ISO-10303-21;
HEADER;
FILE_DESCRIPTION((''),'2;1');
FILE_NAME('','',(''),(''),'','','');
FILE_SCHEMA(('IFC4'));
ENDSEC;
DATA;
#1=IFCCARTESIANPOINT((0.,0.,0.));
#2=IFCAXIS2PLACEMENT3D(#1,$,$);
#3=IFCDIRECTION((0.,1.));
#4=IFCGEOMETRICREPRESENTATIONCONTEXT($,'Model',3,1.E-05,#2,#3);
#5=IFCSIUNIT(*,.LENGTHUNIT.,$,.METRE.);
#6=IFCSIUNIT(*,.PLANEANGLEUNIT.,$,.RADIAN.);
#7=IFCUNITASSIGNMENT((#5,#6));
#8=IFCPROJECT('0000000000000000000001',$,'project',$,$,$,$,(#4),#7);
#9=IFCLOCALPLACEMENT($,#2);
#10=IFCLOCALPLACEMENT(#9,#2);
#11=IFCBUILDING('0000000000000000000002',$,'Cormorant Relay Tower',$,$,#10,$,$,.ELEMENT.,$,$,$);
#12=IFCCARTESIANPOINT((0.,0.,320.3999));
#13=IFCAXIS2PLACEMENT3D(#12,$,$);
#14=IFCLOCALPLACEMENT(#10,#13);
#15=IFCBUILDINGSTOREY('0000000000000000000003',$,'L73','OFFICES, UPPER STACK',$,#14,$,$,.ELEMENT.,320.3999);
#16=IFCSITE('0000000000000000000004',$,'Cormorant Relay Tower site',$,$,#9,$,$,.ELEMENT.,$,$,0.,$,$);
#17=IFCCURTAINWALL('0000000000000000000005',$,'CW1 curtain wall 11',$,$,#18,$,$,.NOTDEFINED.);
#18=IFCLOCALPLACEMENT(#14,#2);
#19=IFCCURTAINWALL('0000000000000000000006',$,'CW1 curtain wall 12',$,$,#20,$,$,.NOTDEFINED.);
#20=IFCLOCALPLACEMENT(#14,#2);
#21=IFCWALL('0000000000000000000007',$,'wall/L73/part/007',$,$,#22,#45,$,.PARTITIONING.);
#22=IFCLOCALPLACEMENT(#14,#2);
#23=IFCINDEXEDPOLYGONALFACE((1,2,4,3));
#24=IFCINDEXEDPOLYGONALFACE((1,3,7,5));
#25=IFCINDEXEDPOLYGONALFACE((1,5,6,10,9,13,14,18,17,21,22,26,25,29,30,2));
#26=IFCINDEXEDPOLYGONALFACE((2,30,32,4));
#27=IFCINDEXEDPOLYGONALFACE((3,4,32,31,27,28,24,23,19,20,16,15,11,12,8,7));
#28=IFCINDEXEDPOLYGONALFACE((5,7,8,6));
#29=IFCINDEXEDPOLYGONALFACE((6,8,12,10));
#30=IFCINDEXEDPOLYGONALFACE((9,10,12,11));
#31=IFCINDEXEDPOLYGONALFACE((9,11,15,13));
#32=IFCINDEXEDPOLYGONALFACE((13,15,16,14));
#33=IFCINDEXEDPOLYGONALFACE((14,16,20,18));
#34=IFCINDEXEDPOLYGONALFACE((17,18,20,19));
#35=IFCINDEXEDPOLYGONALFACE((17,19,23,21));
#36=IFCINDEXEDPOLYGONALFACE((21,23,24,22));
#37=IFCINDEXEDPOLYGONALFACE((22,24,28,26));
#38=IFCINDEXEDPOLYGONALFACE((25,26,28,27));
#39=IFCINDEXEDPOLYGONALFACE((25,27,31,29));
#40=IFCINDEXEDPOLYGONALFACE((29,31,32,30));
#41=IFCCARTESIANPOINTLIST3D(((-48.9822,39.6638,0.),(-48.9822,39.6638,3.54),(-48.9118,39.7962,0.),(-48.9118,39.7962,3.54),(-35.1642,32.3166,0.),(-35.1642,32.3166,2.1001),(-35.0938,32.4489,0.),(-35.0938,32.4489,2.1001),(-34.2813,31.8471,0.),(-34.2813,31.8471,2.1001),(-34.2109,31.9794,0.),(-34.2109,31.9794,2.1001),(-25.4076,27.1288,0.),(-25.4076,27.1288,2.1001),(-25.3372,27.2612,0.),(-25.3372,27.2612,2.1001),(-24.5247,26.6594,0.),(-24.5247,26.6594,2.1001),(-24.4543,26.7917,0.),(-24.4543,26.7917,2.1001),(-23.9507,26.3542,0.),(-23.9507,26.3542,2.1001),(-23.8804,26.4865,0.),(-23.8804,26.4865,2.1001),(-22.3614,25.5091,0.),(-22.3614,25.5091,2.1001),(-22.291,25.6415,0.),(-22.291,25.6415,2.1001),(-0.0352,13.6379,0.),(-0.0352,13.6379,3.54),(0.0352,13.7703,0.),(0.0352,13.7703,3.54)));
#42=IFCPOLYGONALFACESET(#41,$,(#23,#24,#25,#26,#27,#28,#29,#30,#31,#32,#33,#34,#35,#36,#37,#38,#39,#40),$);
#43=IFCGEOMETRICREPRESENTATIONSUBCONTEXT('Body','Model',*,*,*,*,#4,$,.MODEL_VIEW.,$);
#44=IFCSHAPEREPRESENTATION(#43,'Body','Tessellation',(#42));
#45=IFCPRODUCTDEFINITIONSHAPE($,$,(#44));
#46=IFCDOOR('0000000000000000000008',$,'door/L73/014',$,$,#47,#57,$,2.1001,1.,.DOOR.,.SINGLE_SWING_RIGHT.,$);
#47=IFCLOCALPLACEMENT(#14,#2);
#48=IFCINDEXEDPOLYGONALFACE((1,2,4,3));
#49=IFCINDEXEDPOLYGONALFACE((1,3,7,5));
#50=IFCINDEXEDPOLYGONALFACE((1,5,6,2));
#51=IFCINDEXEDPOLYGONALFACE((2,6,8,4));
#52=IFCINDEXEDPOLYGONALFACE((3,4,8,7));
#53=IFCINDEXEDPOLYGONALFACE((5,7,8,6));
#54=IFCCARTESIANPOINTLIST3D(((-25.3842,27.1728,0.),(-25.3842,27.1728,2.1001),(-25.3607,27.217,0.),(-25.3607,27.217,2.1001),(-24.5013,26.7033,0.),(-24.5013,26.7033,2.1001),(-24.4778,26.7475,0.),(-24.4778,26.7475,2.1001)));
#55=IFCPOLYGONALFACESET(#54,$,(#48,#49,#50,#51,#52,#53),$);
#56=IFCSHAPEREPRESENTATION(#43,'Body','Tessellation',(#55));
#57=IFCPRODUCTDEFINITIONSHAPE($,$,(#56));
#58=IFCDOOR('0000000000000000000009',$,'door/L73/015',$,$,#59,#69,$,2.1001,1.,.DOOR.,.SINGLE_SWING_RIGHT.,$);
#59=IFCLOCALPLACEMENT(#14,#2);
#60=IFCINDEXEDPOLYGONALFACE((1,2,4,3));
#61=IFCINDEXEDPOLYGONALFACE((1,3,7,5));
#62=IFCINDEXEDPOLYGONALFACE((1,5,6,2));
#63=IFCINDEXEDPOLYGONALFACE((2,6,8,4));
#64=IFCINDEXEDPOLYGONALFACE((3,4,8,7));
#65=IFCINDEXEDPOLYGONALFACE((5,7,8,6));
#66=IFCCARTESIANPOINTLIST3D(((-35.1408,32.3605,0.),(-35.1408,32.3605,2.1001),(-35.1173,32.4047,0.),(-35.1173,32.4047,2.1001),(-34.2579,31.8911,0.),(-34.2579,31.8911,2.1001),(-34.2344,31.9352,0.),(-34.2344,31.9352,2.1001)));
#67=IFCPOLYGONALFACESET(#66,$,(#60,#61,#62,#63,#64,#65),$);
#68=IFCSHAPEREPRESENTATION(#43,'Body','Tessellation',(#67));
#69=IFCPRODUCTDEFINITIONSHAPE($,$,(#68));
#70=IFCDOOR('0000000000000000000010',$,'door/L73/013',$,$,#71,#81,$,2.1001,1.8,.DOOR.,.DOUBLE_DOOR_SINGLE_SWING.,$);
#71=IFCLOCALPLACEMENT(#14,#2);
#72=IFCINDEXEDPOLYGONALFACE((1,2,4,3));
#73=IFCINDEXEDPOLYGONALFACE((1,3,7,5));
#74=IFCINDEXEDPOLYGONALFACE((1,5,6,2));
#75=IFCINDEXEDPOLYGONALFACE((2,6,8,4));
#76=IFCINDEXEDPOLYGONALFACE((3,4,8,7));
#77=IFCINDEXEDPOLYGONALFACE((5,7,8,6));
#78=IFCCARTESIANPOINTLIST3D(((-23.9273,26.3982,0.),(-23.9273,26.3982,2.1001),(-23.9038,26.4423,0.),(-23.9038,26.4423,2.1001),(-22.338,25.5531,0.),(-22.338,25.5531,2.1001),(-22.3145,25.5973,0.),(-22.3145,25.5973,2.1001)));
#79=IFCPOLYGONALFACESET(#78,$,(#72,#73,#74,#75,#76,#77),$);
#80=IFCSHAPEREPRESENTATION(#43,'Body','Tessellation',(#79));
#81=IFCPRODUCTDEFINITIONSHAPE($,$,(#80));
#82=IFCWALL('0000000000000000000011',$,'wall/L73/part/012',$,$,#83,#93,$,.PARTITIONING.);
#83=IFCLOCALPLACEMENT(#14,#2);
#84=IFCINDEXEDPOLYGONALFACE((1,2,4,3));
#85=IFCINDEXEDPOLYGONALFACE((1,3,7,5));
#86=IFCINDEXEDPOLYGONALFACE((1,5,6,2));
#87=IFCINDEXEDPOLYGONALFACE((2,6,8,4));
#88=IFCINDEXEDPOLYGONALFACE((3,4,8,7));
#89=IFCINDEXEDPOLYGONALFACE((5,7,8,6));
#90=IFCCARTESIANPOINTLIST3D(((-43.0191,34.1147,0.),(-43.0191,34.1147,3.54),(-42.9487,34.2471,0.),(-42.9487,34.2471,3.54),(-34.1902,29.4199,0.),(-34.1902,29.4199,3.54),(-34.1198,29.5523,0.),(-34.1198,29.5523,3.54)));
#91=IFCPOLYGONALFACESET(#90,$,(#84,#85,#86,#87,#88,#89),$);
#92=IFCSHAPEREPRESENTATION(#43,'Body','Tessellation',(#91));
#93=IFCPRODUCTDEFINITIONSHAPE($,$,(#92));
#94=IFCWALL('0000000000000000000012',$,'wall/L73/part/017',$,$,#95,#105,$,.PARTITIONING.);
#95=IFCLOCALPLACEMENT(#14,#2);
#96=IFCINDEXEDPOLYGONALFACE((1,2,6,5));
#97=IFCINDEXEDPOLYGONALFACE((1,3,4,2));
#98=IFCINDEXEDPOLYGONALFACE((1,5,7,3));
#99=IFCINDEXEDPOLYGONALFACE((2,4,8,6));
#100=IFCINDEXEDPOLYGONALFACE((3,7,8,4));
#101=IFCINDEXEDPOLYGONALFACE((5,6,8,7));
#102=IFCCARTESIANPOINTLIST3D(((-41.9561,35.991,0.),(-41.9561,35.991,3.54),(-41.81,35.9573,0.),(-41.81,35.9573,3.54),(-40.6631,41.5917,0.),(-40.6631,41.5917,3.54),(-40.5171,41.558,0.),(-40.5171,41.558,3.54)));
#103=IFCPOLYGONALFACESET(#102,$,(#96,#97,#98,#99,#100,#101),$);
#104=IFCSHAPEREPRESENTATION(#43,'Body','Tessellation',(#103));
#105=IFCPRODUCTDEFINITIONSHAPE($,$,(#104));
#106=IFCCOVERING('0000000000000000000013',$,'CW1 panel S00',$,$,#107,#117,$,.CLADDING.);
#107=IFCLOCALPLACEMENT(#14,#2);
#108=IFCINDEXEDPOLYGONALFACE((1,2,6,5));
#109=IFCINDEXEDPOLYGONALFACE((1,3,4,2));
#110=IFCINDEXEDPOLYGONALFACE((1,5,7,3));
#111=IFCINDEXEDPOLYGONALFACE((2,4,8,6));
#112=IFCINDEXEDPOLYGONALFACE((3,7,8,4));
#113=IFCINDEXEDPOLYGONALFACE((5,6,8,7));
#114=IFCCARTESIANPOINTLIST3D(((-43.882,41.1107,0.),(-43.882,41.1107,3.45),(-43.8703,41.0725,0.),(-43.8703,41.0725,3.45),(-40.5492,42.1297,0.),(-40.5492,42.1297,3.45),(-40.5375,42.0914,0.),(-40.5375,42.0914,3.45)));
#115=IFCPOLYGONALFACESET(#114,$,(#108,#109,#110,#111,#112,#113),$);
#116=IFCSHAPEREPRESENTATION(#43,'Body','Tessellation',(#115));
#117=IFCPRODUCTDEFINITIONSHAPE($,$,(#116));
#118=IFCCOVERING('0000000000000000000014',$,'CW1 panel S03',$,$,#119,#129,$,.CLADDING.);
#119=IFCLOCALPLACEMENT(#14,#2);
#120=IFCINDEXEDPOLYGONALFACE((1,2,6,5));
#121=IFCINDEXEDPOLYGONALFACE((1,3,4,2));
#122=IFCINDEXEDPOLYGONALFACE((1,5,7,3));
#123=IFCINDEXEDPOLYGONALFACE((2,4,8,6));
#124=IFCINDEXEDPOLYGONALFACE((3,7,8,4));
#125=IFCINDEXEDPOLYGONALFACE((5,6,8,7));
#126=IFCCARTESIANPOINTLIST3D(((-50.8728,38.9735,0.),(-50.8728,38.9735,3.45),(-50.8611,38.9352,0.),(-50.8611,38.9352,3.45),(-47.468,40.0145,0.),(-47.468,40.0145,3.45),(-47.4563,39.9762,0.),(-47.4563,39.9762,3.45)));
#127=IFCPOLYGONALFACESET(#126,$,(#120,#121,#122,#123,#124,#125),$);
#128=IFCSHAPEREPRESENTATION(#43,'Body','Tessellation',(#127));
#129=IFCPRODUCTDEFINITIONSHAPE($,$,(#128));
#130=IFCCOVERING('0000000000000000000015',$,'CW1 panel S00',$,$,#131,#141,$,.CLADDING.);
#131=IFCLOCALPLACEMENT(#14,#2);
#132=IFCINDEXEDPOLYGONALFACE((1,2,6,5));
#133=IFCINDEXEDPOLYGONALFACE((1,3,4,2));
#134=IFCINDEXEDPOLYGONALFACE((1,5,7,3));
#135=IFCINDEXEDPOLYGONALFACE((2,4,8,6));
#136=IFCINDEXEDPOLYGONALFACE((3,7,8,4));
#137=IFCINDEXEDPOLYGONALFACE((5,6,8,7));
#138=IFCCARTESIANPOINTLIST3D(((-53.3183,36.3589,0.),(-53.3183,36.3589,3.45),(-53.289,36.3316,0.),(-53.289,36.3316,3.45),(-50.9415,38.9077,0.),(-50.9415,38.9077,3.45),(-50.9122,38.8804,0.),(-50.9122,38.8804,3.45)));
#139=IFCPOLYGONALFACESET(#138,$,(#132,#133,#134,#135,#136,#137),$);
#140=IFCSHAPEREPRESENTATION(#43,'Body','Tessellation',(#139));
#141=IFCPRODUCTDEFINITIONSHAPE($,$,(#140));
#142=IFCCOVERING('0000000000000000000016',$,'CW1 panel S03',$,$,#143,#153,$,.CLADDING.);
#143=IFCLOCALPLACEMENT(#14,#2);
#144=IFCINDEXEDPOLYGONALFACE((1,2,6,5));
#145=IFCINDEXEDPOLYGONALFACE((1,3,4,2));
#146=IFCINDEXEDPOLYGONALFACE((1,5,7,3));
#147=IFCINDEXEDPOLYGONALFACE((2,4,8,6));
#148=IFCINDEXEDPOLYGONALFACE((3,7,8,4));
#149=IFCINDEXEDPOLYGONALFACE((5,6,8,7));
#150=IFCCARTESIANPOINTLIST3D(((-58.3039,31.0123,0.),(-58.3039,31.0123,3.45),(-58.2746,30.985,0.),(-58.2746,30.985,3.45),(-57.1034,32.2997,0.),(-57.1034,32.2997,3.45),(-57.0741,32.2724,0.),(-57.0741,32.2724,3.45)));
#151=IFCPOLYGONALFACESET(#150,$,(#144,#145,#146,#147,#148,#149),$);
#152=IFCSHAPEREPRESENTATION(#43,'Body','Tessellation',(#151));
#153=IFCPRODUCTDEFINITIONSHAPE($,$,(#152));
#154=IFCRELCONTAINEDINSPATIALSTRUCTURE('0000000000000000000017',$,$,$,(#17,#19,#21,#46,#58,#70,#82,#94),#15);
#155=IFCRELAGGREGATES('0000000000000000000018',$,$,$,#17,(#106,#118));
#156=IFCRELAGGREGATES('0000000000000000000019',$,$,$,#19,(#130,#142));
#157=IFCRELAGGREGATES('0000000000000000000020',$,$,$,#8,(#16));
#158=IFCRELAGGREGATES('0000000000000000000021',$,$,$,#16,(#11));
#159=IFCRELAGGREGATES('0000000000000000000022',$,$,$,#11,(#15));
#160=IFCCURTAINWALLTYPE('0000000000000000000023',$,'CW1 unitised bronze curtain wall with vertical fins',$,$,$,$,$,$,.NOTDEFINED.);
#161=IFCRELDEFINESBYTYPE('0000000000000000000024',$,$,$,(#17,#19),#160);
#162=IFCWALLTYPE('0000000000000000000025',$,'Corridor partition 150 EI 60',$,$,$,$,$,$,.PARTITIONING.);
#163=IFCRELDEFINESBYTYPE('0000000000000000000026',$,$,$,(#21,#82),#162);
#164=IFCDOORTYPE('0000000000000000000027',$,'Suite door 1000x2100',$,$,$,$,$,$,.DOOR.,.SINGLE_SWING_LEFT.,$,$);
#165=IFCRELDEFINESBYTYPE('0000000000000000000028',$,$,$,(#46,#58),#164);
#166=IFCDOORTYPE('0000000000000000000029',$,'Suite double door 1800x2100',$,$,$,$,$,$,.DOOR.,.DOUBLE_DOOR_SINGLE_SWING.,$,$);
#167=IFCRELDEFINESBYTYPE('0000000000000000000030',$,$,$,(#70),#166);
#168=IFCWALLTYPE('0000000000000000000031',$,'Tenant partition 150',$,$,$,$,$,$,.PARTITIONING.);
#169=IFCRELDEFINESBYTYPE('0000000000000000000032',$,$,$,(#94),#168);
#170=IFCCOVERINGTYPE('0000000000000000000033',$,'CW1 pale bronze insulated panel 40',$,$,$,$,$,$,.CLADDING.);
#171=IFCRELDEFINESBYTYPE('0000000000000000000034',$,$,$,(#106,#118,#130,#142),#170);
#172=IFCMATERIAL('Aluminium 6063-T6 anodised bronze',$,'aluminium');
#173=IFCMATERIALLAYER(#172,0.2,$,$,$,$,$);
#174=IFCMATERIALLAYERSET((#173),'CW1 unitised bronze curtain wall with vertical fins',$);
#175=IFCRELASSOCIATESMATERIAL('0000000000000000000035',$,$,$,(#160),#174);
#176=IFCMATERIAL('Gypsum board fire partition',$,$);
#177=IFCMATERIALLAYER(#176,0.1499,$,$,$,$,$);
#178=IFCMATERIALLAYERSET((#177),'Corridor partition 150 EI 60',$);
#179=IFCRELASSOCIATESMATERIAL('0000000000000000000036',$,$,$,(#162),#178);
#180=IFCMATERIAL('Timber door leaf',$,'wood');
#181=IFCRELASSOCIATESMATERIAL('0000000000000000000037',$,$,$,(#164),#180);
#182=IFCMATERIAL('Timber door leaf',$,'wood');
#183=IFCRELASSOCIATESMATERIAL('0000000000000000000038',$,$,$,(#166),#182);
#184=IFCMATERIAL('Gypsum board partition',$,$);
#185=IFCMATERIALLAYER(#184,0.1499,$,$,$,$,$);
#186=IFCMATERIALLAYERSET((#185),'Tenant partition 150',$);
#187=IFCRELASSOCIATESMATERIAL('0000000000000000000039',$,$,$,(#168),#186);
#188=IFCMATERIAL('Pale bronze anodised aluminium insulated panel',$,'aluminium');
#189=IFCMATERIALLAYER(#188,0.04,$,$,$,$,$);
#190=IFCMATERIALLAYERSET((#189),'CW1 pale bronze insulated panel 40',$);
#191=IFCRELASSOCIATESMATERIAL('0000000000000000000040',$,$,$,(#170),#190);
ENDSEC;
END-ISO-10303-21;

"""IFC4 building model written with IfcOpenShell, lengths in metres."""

from ifc_helpers import new_model, si_unit, direction, frame, frame_2d, origin, origin_2d, place, context, subcontext, project, spatial, rectangle, extrude, material, layer, layer_set, type_object, element, fill, aggregate, save


model = new_model("IFC4")

# Units and contexts
model_context = context("Model", 3, precision=1e-05, world=origin(), true_north=direction((0.0, 1.0)))
body_context = subcontext(model_context, "Body", "Model", "MODEL_VIEW")
ifc_project = project(units=[si_unit("LENGTHUNIT", "METRE"), si_unit("PLANEANGLEUNIT", "RADIAN")], contexts=[model_context])

# Site, building, storey
site_placement = place(None, origin())
site = spatial("IfcSite", under=ifc_project, at=site_placement, Name="Cormorant Relay Tower site", CompositionType="ELEMENT", RefElevation=0.0)
building_placement = place(site_placement, origin())
building = spatial("IfcBuilding", under=site, at=building_placement, Name="Cormorant Relay Tower", CompositionType="ELEMENT")
storey_placement = place(building_placement, frame((0.0, 0.0, 320.3999)))
storey = spatial("IfcBuildingStorey", under=building, at=storey_placement, Name="L73", Description="OFFICES, UPPER STACK", CompositionType="ELEMENT", Elevation=320.3999)

# Curtain walls
ifc_material_1 = material(Name="Aluminium 6063-T6 anodised bronze", Category="aluminium")
ifc_layer_1 = layer(ifc_material_1, 0.2)
ifc_layer_set_1 = layer_set([ifc_layer_1], Name="CW1 unitised bronze curtain wall with vertical fins")
curtain_wall_type = type_object("IfcCurtainWallType", Name="CW1 unitised bronze curtain wall with vertical fins", PredefinedType="NOTDEFINED", material=ifc_layer_set_1)
curtain_wall_1_placement = place(storey_placement, origin())
curtain_wall_1 = element("IfcCurtainWall", 1, at=curtain_wall_1_placement, inside=storey, type_object=curtain_wall_type, Name="CW1 curtain wall 11", PredefinedType="NOTDEFINED")
curtain_wall_2_placement = place(storey_placement, origin())
curtain_wall_2 = element("IfcCurtainWall", 2, at=curtain_wall_2_placement, inside=storey, type_object=curtain_wall_type, Name="CW1 curtain wall 12", PredefinedType="NOTDEFINED")

# Shared definitions
ifc_material_2 = material(Name="Gypsum board fire partition")
ifc_layer_2 = layer(ifc_material_2, 0.1499)
ifc_layer_set_2 = layer_set([ifc_layer_2], Name="Corridor partition 150 EI 60")
wall_type_1 = type_object("IfcWallType", Name="Corridor partition 150 EI 60", PredefinedType="PARTITIONING", material=ifc_layer_set_2)

# Wall, openings, doors
wall_1_placement = place(storey_placement, frame((-48.947, 39.73, 0.0), z_axis=(0.0, 0.0, 1.0), x_axis=(0.882945, -0.469476, 0.0)))
wall_1 = element("IfcWall", 3, at=wall_1_placement, inside=storey, type_object=wall_type_1, Name="wall/L73/part/007", PredefinedType="PARTITIONING", context=body_context, shape_type="SweptSolid", body=[
    extrude(rectangle(XDim=55.436, YDim=0.1499, at=frame_2d((27.718, 0.0))), origin(), (0.0, 0.0, 1.0), 3.54),
])
opening_1_placement = place(wall_1_placement, frame((28.3501, 0.0, 0.0)))
opening_1 = element("IfcOpeningElement", 4, at=opening_1_placement, cuts=wall_1, PredefinedType="OPENING", context=body_context, shape_type="SweptSolid", body=[
    extrude(rectangle(XDim=1.8, YDim=2.1001, at=frame_2d((0.8999, 1.05))), frame((0.0, 0.085, 0.0), z_axis=(0.0, -1.0, 0.0), x_axis=(1.0, 0.0, 0.0)), (0.0, 0.0, 1.0), 0.1699),
])
opening_2_placement = place(wall_1_placement, frame((26.7, 0.0, 0.0)))
opening_2 = element("IfcOpeningElement", 5, at=opening_2_placement, cuts=wall_1, PredefinedType="OPENING", context=body_context, shape_type="SweptSolid", body=[
    extrude(rectangle(XDim=1.0, YDim=2.1001, at=frame_2d((0.5, 1.05))), frame((0.0, 0.085, 0.0), z_axis=(0.0, -1.0, 0.0), x_axis=(1.0, 0.0, 0.0)), (0.0, 0.0, 1.0), 0.1699),
])
opening_3_placement = place(wall_1_placement, frame((15.6499, 0.0, 0.0)))
opening_3 = element("IfcOpeningElement", 6, at=opening_3_placement, cuts=wall_1, PredefinedType="OPENING", context=body_context, shape_type="SweptSolid", body=[
    extrude(rectangle(XDim=1.0, YDim=2.1001, at=frame_2d((0.5, 1.05))), frame((0.0, 0.085, 0.0), z_axis=(0.0, -1.0, 0.0), x_axis=(1.0, 0.0, 0.0)), (0.0, 0.0, 1.0), 0.1699),
])
ifc_material_3 = material(Name="Timber door leaf", Category="wood")
door_type_1 = type_object("IfcDoorType", Name="Suite door 1000x2100", OperationType="SINGLE_SWING_LEFT", PredefinedType="DOOR", material=ifc_material_3)
door_1_placement = place(opening_2_placement, origin())
door_1 = element("IfcDoor", 7, at=door_1_placement, inside=storey, type_object=door_type_1, Name="door/L73/014", OperationType="SINGLE_SWING_RIGHT", OverallHeight=2.1001, OverallWidth=1.0, PredefinedType="DOOR", context=body_context, shape_type="SweptSolid", body=[
    extrude(rectangle(XDim=1.0, YDim=2.1001, at=frame_2d((0.5, 1.05))), frame((0.0, 0.0249, 0.0), z_axis=(0.0, -1.0, 0.0), x_axis=(1.0, 0.0, 0.0)), (0.0, 0.0, 1.0), 0.05),
])
fill(opening_2, door_1)
door_2_placement = place(opening_3_placement, origin())
door_2 = element("IfcDoor", 8, at=door_2_placement, inside=storey, type_object=door_type_1, Name="door/L73/015", OperationType="SINGLE_SWING_RIGHT", OverallHeight=2.1001, OverallWidth=1.0, PredefinedType="DOOR", context=body_context, shape_type="SweptSolid", body=[
    extrude(rectangle(XDim=1.0, YDim=2.1001, at=frame_2d((0.5, 1.05))), frame((0.0, 0.0249, 0.0), z_axis=(0.0, -1.0, 0.0), x_axis=(1.0, 0.0, 0.0)), (0.0, 0.0, 1.0), 0.05),
])
fill(opening_3, door_2)
ifc_material_4 = material(Name="Timber door leaf", Category="wood")
door_type_2 = type_object("IfcDoorType", Name="Suite double door 1800x2100", OperationType="DOUBLE_DOOR_SINGLE_SWING", PredefinedType="DOOR", material=ifc_material_4)
door_3_placement = place(opening_1_placement, origin())
door_3 = element("IfcDoor", 9, at=door_3_placement, inside=storey, type_object=door_type_2, Name="door/L73/013", OperationType="DOUBLE_DOOR_SINGLE_SWING", OverallHeight=2.1001, OverallWidth=1.8, PredefinedType="DOOR", context=body_context, shape_type="SweptSolid", body=[
    extrude(rectangle(XDim=1.8, YDim=2.1001, at=frame_2d((0.8999, 1.05))), frame((0.0, 0.0249, 0.0), z_axis=(0.0, -1.0, 0.0), x_axis=(1.0, 0.0, 0.0)), (0.0, 0.0, 1.0), 0.05),
])
fill(opening_1, door_3)

# Walls
wall_2_placement = place(storey_placement, frame((-42.9839, 34.1809, 0.0), z_axis=(0.0, 0.0, 1.0), x_axis=(0.882929, -0.469506, 0.0)))
element("IfcWall", 10, at=wall_2_placement, inside=storey, type_object=wall_type_1, Name="wall/L73/part/012", PredefinedType="PARTITIONING", context=body_context, shape_type="SweptSolid", body=[
    extrude(rectangle(XDim=9.9995, YDim=0.1499, at=frame_2d((4.9998, 0.0))), origin(), (0.0, 0.0, 1.0), 3.54),
])
ifc_material_5 = material(Name="Gypsum board partition")
ifc_layer_3 = layer(ifc_material_5, 0.1499)
ifc_layer_set_3 = layer_set([ifc_layer_3], Name="Tenant partition 150")
wall_type_2 = type_object("IfcWallType", Name="Tenant partition 150", PredefinedType="PARTITIONING", material=ifc_layer_set_3)
wall_3_placement = place(storey_placement, frame((-41.8831, 35.9741, 0.0), z_axis=(0.0, 0.0, 1.0), x_axis=(0.224937, 0.974373, 0.0)))
element("IfcWall", 11, at=wall_3_placement, inside=storey, type_object=wall_type_2, Name="wall/L73/part/017", PredefinedType="PARTITIONING", context=body_context, shape_type="SweptSolid", body=[
    extrude(rectangle(XDim=5.748, YDim=0.1499, at=frame_2d((2.874, 0.0))), origin(), (0.0, 0.0, 1.0), 3.54),
])

# Coverings
ifc_material_6 = material(Name="Pale bronze anodised aluminium insulated panel", Category="aluminium")
ifc_layer_4 = layer(ifc_material_6, 0.04)
ifc_layer_set_4 = layer_set([ifc_layer_4], Name="CW1 pale bronze insulated panel 40")
covering_type = type_object("IfcCoveringType", Name="CW1 pale bronze insulated panel 40", PredefinedType="CLADDING", material=ifc_layer_set_4)
covering_1_placement = place(storey_placement, frame((-42.2097, 41.6011, 0.0), z_axis=(0.0, 0.0, 1.0), x_axis=(-0.956305, -0.292372, 0.0)))
covering_1 = element("IfcCovering", 12, at=covering_1_placement, type_object=covering_type, Name="CW1 panel S00", PredefinedType="CLADDING", context=body_context, shape_type="SweptSolid", body=[
    extrude(rectangle(XDim=3.4851, YDim=0.04, at=origin_2d()), origin(), (0.0, 0.0, 1.0), 3.45),
])
covering_2_placement = place(storey_placement, frame((-49.1646, 39.4749, 0.0), z_axis=(0.0, 0.0, 1.0), x_axis=(-0.956305, -0.292372, 0.0)))
covering_2 = element("IfcCovering", 13, at=covering_2_placement, type_object=covering_type, Name="CW1 panel S03", PredefinedType="CLADDING", context=body_context, shape_type="SweptSolid", body=[
    extrude(rectangle(XDim=3.5603, YDim=0.04, at=origin_2d()), origin(), (0.0, 0.0, 1.0), 3.45),
])
aggregate(curtain_wall_1, [covering_1, covering_2])
covering_3_placement = place(storey_placement, frame((-52.1152, 37.6196, 0.0), z_axis=(0.0, 0.0, 1.0), x_axis=(-0.681998, -0.731354, 0.0)))
covering_3 = element("IfcCovering", 14, at=covering_3_placement, type_object=covering_type, Name="CW1 panel S00", PredefinedType="CLADDING", context=body_context, shape_type="SweptSolid", body=[
    extrude(rectangle(XDim=3.4851, YDim=0.04, at=origin_2d()), origin(), (0.0, 0.0, 1.0), 3.45),
])
covering_4_placement = place(storey_placement, frame((-57.689, 31.6423, 0.0), z_axis=(0.0, 0.0, 1.0), x_axis=(-0.681998, -0.731354, 0.0)))
covering_4 = element("IfcCovering", 15, at=covering_4_placement, type_object=covering_type, Name="CW1 panel S03", PredefinedType="CLADDING", context=body_context, shape_type="SweptSolid", body=[
    extrude(rectangle(XDim=1.7603, YDim=0.04, at=origin_2d()), origin(), (0.0, 0.0, 1.0), 3.45),
])
aggregate(curtain_wall_2, [covering_3, covering_4])

save(model, "model.ifc")
